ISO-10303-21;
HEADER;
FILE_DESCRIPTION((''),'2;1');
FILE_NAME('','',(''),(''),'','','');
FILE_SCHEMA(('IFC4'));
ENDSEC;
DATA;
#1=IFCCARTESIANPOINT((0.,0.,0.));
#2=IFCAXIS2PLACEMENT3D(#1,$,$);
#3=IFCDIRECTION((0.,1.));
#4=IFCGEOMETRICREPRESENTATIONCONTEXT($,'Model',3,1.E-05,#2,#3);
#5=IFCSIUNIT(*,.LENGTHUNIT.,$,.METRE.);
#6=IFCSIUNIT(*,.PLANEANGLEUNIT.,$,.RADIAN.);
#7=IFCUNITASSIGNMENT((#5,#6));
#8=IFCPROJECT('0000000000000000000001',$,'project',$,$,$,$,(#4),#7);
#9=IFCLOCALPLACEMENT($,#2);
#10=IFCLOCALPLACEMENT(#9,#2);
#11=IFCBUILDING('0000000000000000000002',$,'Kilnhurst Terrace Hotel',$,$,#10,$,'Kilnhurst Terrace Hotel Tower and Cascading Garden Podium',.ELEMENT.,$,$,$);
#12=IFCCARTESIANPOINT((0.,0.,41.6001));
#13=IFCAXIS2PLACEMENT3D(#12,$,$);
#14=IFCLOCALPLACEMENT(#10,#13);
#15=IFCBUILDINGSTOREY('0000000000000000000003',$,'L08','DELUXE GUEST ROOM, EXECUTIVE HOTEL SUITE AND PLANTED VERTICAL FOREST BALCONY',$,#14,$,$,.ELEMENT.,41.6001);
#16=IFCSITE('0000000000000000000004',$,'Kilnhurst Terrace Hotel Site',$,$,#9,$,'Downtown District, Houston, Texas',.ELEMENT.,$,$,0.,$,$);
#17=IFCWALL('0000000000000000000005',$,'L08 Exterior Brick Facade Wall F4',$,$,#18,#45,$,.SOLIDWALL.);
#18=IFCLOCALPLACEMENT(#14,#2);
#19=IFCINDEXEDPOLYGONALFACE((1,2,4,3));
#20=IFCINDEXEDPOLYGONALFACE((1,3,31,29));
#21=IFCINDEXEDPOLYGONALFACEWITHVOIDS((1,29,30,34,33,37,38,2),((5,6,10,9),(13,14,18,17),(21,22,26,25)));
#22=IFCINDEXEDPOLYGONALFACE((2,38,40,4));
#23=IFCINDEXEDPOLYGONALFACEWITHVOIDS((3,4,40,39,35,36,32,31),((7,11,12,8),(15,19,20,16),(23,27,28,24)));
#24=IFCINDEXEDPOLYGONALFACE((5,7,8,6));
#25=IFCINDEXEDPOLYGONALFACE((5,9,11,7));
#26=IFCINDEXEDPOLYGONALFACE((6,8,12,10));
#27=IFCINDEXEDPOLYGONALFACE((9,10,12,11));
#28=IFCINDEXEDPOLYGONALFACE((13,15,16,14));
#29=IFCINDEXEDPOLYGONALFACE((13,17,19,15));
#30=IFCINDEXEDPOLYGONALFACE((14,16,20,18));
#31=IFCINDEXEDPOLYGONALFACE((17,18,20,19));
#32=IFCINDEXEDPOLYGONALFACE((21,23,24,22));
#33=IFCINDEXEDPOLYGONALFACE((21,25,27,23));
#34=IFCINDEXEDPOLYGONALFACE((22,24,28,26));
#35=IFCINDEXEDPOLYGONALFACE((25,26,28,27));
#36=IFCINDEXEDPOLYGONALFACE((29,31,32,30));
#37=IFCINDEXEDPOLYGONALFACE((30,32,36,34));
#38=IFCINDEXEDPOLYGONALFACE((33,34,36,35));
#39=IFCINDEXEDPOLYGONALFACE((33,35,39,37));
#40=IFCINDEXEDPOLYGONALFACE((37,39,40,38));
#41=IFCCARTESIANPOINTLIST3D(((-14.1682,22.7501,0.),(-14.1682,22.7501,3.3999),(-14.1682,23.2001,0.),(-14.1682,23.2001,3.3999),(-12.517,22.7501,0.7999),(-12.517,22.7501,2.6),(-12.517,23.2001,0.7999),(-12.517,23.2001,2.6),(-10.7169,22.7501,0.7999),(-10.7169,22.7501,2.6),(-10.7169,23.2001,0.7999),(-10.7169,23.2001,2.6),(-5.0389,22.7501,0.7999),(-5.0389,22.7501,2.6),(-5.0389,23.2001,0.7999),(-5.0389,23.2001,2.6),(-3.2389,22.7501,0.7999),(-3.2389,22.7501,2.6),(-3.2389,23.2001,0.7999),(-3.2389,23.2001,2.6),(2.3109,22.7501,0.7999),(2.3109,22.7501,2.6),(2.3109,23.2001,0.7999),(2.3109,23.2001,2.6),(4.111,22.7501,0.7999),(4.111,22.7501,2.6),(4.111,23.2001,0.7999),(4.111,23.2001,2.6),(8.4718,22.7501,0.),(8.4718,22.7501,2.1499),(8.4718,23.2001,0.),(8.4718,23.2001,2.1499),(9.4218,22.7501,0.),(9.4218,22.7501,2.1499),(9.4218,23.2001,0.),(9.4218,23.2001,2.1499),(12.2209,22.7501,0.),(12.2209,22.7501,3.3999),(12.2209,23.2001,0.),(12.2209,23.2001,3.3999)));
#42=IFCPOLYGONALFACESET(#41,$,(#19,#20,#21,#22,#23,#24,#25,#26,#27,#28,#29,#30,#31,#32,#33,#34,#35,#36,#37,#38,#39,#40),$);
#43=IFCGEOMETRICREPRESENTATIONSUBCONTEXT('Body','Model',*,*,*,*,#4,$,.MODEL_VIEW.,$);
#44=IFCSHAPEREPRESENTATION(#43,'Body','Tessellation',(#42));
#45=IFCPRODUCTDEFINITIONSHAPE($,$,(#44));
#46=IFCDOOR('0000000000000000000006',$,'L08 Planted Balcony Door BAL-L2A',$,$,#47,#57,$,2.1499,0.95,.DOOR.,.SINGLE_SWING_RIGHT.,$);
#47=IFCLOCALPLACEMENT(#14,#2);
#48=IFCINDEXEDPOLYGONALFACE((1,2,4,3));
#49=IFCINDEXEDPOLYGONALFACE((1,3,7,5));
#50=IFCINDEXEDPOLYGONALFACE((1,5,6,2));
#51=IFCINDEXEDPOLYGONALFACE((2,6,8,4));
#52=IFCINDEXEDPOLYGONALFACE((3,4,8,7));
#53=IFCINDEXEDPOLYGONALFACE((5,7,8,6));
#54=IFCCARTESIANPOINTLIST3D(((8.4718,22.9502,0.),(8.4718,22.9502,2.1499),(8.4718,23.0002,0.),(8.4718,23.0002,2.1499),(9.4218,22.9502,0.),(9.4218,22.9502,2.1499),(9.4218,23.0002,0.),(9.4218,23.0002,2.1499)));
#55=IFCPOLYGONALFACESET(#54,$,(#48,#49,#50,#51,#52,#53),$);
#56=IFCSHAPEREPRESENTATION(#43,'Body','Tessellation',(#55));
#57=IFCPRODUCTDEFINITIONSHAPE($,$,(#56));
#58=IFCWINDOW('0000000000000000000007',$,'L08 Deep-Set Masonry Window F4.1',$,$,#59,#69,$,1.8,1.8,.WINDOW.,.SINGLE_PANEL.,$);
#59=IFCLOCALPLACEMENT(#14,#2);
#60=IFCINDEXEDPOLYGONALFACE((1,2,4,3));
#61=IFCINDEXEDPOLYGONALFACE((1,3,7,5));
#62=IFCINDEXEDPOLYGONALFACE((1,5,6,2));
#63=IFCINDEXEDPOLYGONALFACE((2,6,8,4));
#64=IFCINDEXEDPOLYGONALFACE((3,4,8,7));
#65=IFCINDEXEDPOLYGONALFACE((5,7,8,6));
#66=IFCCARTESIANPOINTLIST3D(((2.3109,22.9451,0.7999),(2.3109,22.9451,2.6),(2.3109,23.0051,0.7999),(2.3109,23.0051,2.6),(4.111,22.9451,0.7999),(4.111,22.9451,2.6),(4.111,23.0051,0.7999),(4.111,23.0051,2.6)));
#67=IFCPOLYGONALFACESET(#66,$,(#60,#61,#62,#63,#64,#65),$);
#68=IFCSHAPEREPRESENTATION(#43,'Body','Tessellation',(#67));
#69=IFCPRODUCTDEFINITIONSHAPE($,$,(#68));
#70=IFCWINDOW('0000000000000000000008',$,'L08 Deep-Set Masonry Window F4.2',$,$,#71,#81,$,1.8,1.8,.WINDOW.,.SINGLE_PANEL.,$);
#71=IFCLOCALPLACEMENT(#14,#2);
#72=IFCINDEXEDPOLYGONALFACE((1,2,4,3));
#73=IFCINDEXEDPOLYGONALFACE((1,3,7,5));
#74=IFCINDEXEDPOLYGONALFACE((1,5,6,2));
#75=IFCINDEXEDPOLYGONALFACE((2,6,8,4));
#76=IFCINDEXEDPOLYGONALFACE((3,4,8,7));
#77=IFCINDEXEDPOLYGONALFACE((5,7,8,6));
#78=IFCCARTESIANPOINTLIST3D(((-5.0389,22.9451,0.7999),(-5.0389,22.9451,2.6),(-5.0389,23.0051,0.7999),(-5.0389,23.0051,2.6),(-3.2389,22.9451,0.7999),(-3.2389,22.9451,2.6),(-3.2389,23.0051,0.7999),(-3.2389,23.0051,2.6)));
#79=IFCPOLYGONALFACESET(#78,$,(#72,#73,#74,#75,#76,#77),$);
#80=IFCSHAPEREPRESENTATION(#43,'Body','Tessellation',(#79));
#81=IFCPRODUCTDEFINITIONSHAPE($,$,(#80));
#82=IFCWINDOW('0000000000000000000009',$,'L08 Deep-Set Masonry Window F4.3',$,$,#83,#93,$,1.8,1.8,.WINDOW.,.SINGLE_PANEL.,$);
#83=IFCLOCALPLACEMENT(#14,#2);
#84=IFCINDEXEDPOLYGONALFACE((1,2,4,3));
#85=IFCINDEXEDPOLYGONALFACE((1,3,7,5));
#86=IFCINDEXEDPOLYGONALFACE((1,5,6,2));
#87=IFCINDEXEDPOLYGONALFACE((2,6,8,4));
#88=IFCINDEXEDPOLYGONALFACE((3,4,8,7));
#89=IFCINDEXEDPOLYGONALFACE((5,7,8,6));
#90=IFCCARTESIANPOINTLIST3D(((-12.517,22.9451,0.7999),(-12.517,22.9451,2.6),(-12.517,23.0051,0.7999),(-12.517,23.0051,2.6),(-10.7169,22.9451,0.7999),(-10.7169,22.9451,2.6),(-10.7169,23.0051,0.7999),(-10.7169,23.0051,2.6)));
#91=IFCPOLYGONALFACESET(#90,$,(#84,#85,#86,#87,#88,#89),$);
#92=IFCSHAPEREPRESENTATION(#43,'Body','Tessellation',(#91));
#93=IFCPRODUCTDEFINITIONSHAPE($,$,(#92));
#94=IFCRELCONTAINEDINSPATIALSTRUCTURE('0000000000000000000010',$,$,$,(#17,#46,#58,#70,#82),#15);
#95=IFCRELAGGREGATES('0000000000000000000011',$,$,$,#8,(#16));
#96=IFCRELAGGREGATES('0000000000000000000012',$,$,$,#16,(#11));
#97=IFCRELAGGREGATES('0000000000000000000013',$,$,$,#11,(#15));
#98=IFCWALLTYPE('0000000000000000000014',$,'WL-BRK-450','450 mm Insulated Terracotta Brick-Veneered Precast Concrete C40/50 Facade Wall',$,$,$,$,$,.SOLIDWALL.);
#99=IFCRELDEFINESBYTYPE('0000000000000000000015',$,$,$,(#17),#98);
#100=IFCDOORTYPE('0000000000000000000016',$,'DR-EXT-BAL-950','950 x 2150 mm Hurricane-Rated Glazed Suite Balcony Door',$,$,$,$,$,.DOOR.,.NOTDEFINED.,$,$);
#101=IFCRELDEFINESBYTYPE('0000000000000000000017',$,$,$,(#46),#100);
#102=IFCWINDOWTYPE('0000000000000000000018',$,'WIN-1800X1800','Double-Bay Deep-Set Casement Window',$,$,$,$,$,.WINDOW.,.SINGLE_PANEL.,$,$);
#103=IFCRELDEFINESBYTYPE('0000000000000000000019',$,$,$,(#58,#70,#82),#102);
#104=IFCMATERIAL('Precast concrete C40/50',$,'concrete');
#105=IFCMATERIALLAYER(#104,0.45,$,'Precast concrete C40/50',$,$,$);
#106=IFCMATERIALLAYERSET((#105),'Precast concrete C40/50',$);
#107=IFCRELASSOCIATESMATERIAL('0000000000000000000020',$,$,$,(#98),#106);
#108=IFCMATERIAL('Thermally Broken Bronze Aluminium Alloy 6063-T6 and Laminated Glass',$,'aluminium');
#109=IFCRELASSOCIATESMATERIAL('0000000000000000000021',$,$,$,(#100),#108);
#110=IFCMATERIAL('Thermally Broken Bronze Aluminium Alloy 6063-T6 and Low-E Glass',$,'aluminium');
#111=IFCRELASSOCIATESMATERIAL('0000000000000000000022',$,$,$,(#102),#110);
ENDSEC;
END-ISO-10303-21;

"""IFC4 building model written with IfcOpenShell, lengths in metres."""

from ifc_helpers import new_model, si_unit, direction, frame, frame_2d, origin, place, context, subcontext, project, spatial, rectangle, extrude, material, layer, layer_set, type_object, element, fill, save


model = new_model("IFC4")

# Units and contexts
model_context = context("Model", 3, precision=1e-05, world=origin(), true_north=direction((0.0, 1.0)))
body_context = subcontext(model_context, "Body", "Model", "MODEL_VIEW")
ifc_project = project(units=[si_unit("LENGTHUNIT", "METRE"), si_unit("PLANEANGLEUNIT", "RADIAN")], contexts=[model_context])

# Site, building, storey
site_placement = place(None, origin())
site = spatial("IfcSite", under=ifc_project, at=site_placement, Name="Kilnhurst Terrace Hotel Site", LongName="Downtown District, Houston, Texas", CompositionType="ELEMENT", RefElevation=0.0)
building_placement = place(site_placement, origin())
building = spatial("IfcBuilding", under=site, at=building_placement, Name="Kilnhurst Terrace Hotel", LongName="Kilnhurst Terrace Hotel Tower and Cascading Garden Podium", CompositionType="ELEMENT")
storey_placement = place(building_placement, frame((0.0, 0.0, 41.6001)))
storey = spatial("IfcBuildingStorey", under=building, at=storey_placement, Name="L08", Description="DELUXE GUEST ROOM, EXECUTIVE HOTEL SUITE AND PLANTED VERTICAL FOREST BALCONY", CompositionType="ELEMENT", Elevation=41.6001)

# Shared definitions
ifc_material_1 = material(Name="Precast concrete C40/50", Category="concrete")
ifc_layer_1 = layer(ifc_material_1, 0.45, Name="Precast concrete C40/50")
ifc_layer_set_1 = layer_set([ifc_layer_1], Name="Precast concrete C40/50")
wall_type_1 = type_object("IfcWallType", Name="WL-BRK-450", Description="450 mm Insulated Terracotta Brick-Veneered Precast Concrete C40/50 Facade Wall", PredefinedType="SOLIDWALL", material=ifc_layer_set_1)

# Wall, openings, door, windows
wall_1_placement = place(storey_placement, frame((12.2209, 22.9751, 0.0), z_axis=(0.0, 0.0, 1.0), x_axis=(-1.0, 0.0, 0.0)))
wall_1 = element("IfcWall", 1, at=wall_1_placement, inside=storey, type_object=wall_type_1, Name="L08 Exterior Brick Facade Wall F4", PredefinedType="SOLIDWALL", context=body_context, shape_type="SweptSolid", body=[
    extrude(rectangle(XDim=26.3892, YDim=0.45, at=frame_2d((13.1946, 0.0))), origin(), (0.0, 0.0, 1.0), 3.3999),
])
opening_1_placement = place(wall_1_placement, frame((2.7991, 0.0, 0.0)))
opening_1 = element("IfcOpeningElement", 2, at=opening_1_placement, cuts=wall_1, PredefinedType="OPENING", context=body_context, shape_type="SweptSolid", body=[
    extrude(rectangle(XDim=0.95, YDim=2.1499, at=frame_2d((0.4751, 1.075))), frame((0.0, 0.2349, 0.0), z_axis=(0.0, -1.0, 0.0), x_axis=(1.0, 0.0, 0.0)), (0.0, 0.0, 1.0), 0.47),
])
opening_2_placement = place(wall_1_placement, frame((8.1101, 0.0, 0.8)))
opening_2 = element("IfcOpeningElement", 3, at=opening_2_placement, cuts=wall_1, PredefinedType="OPENING", context=body_context, shape_type="SweptSolid", body=[
    extrude(rectangle(XDim=1.8, YDim=1.8, at=frame_2d((0.8999, 0.8999))), frame((0.0, 0.2349, 0.0), z_axis=(0.0, -1.0, 0.0), x_axis=(1.0, 0.0, 0.0)), (0.0, 0.0, 1.0), 0.47),
])
opening_3_placement = place(wall_1_placement, frame((15.46, 0.0, 0.8)))
opening_3 = element("IfcOpeningElement", 4, at=opening_3_placement, cuts=wall_1, PredefinedType="OPENING", context=body_context, shape_type="SweptSolid", body=[
    extrude(rectangle(XDim=1.8, YDim=1.8, at=frame_2d((0.8999, 0.8999))), frame((0.0, 0.2349, 0.0), z_axis=(0.0, -1.0, 0.0), x_axis=(1.0, 0.0, 0.0)), (0.0, 0.0, 1.0), 0.47),
])
opening_4_placement = place(wall_1_placement, frame((22.938, 0.0, 0.8)))
opening_4 = element("IfcOpeningElement", 5, at=opening_4_placement, cuts=wall_1, PredefinedType="OPENING", context=body_context, shape_type="SweptSolid", body=[
    extrude(rectangle(XDim=1.8, YDim=1.8, at=frame_2d((0.8999, 0.8999))), frame((0.0, 0.2349, 0.0), z_axis=(0.0, -1.0, 0.0), x_axis=(1.0, 0.0, 0.0)), (0.0, 0.0, 1.0), 0.47),
])
ifc_material_2 = material(Name="Thermally Broken Bronze Aluminium Alloy 6063-T6 and Laminated Glass", Category="aluminium")
door_type_1 = type_object("IfcDoorType", Name="DR-EXT-BAL-950", Description="950 x 2150 mm Hurricane-Rated Glazed Suite Balcony Door", OperationType="NOTDEFINED", PredefinedType="DOOR", material=ifc_material_2)
door_1_placement = place(opening_1_placement, origin())
door_1 = element("IfcDoor", 6, at=door_1_placement, inside=storey, type_object=door_type_1, Name="L08 Planted Balcony Door BAL-L2A", OperationType="SINGLE_SWING_RIGHT", OverallHeight=2.1499, OverallWidth=0.95, PredefinedType="DOOR", context=body_context, shape_type="SweptSolid", body=[
    extrude(rectangle(XDim=0.95, YDim=2.1499, at=frame_2d((0.4751, 1.075))), frame((0.0, 0.0249, 0.0), z_axis=(0.0, -1.0, 0.0), x_axis=(1.0, 0.0, 0.0)), (0.0, 0.0, 1.0), 0.05),
])
fill(opening_1, door_1)
ifc_material_3 = material(Name="Thermally Broken Bronze Aluminium Alloy 6063-T6 and Low-E Glass", Category="aluminium")
window_type = type_object("IfcWindowType", Name="WIN-1800X1800", Description="Double-Bay Deep-Set Casement Window", PartitioningType="SINGLE_PANEL", PredefinedType="WINDOW", material=ifc_material_3)
window_1_placement = place(opening_2_placement, origin())
window_1 = element("IfcWindow", 7, at=window_1_placement, inside=storey, type_object=window_type, Name="L08 Deep-Set Masonry Window F4.1", OverallHeight=1.8, OverallWidth=1.8, PartitioningType="SINGLE_PANEL", PredefinedType="WINDOW", context=body_context, shape_type="SweptSolid", body=[
    extrude(rectangle(XDim=1.8, YDim=1.8, at=frame_2d((0.8999, 0.8999))), frame((0.0, 0.03, 0.0), z_axis=(0.0, -1.0, 0.0), x_axis=(1.0, 0.0, 0.0)), (0.0, 0.0, 1.0), 0.0601),
])
fill(opening_2, window_1)
window_2_placement = place(opening_3_placement, origin())
window_2 = element("IfcWindow", 8, at=window_2_placement, inside=storey, type_object=window_type, Name="L08 Deep-Set Masonry Window F4.2", OverallHeight=1.8, OverallWidth=1.8, PartitioningType="SINGLE_PANEL", PredefinedType="WINDOW", context=body_context, shape_type="SweptSolid", body=[
    extrude(rectangle(XDim=1.8, YDim=1.8, at=frame_2d((0.8999, 0.8999))), frame((0.0, 0.03, 0.0), z_axis=(0.0, -1.0, 0.0), x_axis=(1.0, 0.0, 0.0)), (0.0, 0.0, 1.0), 0.0601),
])
fill(opening_3, window_2)
window_3_placement = place(opening_4_placement, origin())
window_3 = element("IfcWindow", 9, at=window_3_placement, inside=storey, type_object=window_type, Name="L08 Deep-Set Masonry Window F4.3", OverallHeight=1.8, OverallWidth=1.8, PartitioningType="SINGLE_PANEL", PredefinedType="WINDOW", context=body_context, shape_type="SweptSolid", body=[
    extrude(rectangle(XDim=1.8, YDim=1.8, at=frame_2d((0.8999, 0.8999))), frame((0.0, 0.03, 0.0), z_axis=(0.0, -1.0, 0.0), x_axis=(1.0, 0.0, 0.0)), (0.0, 0.0, 1.0), 0.0601),
])
fill(opening_4, window_3)

save(model, "model.ifc")
